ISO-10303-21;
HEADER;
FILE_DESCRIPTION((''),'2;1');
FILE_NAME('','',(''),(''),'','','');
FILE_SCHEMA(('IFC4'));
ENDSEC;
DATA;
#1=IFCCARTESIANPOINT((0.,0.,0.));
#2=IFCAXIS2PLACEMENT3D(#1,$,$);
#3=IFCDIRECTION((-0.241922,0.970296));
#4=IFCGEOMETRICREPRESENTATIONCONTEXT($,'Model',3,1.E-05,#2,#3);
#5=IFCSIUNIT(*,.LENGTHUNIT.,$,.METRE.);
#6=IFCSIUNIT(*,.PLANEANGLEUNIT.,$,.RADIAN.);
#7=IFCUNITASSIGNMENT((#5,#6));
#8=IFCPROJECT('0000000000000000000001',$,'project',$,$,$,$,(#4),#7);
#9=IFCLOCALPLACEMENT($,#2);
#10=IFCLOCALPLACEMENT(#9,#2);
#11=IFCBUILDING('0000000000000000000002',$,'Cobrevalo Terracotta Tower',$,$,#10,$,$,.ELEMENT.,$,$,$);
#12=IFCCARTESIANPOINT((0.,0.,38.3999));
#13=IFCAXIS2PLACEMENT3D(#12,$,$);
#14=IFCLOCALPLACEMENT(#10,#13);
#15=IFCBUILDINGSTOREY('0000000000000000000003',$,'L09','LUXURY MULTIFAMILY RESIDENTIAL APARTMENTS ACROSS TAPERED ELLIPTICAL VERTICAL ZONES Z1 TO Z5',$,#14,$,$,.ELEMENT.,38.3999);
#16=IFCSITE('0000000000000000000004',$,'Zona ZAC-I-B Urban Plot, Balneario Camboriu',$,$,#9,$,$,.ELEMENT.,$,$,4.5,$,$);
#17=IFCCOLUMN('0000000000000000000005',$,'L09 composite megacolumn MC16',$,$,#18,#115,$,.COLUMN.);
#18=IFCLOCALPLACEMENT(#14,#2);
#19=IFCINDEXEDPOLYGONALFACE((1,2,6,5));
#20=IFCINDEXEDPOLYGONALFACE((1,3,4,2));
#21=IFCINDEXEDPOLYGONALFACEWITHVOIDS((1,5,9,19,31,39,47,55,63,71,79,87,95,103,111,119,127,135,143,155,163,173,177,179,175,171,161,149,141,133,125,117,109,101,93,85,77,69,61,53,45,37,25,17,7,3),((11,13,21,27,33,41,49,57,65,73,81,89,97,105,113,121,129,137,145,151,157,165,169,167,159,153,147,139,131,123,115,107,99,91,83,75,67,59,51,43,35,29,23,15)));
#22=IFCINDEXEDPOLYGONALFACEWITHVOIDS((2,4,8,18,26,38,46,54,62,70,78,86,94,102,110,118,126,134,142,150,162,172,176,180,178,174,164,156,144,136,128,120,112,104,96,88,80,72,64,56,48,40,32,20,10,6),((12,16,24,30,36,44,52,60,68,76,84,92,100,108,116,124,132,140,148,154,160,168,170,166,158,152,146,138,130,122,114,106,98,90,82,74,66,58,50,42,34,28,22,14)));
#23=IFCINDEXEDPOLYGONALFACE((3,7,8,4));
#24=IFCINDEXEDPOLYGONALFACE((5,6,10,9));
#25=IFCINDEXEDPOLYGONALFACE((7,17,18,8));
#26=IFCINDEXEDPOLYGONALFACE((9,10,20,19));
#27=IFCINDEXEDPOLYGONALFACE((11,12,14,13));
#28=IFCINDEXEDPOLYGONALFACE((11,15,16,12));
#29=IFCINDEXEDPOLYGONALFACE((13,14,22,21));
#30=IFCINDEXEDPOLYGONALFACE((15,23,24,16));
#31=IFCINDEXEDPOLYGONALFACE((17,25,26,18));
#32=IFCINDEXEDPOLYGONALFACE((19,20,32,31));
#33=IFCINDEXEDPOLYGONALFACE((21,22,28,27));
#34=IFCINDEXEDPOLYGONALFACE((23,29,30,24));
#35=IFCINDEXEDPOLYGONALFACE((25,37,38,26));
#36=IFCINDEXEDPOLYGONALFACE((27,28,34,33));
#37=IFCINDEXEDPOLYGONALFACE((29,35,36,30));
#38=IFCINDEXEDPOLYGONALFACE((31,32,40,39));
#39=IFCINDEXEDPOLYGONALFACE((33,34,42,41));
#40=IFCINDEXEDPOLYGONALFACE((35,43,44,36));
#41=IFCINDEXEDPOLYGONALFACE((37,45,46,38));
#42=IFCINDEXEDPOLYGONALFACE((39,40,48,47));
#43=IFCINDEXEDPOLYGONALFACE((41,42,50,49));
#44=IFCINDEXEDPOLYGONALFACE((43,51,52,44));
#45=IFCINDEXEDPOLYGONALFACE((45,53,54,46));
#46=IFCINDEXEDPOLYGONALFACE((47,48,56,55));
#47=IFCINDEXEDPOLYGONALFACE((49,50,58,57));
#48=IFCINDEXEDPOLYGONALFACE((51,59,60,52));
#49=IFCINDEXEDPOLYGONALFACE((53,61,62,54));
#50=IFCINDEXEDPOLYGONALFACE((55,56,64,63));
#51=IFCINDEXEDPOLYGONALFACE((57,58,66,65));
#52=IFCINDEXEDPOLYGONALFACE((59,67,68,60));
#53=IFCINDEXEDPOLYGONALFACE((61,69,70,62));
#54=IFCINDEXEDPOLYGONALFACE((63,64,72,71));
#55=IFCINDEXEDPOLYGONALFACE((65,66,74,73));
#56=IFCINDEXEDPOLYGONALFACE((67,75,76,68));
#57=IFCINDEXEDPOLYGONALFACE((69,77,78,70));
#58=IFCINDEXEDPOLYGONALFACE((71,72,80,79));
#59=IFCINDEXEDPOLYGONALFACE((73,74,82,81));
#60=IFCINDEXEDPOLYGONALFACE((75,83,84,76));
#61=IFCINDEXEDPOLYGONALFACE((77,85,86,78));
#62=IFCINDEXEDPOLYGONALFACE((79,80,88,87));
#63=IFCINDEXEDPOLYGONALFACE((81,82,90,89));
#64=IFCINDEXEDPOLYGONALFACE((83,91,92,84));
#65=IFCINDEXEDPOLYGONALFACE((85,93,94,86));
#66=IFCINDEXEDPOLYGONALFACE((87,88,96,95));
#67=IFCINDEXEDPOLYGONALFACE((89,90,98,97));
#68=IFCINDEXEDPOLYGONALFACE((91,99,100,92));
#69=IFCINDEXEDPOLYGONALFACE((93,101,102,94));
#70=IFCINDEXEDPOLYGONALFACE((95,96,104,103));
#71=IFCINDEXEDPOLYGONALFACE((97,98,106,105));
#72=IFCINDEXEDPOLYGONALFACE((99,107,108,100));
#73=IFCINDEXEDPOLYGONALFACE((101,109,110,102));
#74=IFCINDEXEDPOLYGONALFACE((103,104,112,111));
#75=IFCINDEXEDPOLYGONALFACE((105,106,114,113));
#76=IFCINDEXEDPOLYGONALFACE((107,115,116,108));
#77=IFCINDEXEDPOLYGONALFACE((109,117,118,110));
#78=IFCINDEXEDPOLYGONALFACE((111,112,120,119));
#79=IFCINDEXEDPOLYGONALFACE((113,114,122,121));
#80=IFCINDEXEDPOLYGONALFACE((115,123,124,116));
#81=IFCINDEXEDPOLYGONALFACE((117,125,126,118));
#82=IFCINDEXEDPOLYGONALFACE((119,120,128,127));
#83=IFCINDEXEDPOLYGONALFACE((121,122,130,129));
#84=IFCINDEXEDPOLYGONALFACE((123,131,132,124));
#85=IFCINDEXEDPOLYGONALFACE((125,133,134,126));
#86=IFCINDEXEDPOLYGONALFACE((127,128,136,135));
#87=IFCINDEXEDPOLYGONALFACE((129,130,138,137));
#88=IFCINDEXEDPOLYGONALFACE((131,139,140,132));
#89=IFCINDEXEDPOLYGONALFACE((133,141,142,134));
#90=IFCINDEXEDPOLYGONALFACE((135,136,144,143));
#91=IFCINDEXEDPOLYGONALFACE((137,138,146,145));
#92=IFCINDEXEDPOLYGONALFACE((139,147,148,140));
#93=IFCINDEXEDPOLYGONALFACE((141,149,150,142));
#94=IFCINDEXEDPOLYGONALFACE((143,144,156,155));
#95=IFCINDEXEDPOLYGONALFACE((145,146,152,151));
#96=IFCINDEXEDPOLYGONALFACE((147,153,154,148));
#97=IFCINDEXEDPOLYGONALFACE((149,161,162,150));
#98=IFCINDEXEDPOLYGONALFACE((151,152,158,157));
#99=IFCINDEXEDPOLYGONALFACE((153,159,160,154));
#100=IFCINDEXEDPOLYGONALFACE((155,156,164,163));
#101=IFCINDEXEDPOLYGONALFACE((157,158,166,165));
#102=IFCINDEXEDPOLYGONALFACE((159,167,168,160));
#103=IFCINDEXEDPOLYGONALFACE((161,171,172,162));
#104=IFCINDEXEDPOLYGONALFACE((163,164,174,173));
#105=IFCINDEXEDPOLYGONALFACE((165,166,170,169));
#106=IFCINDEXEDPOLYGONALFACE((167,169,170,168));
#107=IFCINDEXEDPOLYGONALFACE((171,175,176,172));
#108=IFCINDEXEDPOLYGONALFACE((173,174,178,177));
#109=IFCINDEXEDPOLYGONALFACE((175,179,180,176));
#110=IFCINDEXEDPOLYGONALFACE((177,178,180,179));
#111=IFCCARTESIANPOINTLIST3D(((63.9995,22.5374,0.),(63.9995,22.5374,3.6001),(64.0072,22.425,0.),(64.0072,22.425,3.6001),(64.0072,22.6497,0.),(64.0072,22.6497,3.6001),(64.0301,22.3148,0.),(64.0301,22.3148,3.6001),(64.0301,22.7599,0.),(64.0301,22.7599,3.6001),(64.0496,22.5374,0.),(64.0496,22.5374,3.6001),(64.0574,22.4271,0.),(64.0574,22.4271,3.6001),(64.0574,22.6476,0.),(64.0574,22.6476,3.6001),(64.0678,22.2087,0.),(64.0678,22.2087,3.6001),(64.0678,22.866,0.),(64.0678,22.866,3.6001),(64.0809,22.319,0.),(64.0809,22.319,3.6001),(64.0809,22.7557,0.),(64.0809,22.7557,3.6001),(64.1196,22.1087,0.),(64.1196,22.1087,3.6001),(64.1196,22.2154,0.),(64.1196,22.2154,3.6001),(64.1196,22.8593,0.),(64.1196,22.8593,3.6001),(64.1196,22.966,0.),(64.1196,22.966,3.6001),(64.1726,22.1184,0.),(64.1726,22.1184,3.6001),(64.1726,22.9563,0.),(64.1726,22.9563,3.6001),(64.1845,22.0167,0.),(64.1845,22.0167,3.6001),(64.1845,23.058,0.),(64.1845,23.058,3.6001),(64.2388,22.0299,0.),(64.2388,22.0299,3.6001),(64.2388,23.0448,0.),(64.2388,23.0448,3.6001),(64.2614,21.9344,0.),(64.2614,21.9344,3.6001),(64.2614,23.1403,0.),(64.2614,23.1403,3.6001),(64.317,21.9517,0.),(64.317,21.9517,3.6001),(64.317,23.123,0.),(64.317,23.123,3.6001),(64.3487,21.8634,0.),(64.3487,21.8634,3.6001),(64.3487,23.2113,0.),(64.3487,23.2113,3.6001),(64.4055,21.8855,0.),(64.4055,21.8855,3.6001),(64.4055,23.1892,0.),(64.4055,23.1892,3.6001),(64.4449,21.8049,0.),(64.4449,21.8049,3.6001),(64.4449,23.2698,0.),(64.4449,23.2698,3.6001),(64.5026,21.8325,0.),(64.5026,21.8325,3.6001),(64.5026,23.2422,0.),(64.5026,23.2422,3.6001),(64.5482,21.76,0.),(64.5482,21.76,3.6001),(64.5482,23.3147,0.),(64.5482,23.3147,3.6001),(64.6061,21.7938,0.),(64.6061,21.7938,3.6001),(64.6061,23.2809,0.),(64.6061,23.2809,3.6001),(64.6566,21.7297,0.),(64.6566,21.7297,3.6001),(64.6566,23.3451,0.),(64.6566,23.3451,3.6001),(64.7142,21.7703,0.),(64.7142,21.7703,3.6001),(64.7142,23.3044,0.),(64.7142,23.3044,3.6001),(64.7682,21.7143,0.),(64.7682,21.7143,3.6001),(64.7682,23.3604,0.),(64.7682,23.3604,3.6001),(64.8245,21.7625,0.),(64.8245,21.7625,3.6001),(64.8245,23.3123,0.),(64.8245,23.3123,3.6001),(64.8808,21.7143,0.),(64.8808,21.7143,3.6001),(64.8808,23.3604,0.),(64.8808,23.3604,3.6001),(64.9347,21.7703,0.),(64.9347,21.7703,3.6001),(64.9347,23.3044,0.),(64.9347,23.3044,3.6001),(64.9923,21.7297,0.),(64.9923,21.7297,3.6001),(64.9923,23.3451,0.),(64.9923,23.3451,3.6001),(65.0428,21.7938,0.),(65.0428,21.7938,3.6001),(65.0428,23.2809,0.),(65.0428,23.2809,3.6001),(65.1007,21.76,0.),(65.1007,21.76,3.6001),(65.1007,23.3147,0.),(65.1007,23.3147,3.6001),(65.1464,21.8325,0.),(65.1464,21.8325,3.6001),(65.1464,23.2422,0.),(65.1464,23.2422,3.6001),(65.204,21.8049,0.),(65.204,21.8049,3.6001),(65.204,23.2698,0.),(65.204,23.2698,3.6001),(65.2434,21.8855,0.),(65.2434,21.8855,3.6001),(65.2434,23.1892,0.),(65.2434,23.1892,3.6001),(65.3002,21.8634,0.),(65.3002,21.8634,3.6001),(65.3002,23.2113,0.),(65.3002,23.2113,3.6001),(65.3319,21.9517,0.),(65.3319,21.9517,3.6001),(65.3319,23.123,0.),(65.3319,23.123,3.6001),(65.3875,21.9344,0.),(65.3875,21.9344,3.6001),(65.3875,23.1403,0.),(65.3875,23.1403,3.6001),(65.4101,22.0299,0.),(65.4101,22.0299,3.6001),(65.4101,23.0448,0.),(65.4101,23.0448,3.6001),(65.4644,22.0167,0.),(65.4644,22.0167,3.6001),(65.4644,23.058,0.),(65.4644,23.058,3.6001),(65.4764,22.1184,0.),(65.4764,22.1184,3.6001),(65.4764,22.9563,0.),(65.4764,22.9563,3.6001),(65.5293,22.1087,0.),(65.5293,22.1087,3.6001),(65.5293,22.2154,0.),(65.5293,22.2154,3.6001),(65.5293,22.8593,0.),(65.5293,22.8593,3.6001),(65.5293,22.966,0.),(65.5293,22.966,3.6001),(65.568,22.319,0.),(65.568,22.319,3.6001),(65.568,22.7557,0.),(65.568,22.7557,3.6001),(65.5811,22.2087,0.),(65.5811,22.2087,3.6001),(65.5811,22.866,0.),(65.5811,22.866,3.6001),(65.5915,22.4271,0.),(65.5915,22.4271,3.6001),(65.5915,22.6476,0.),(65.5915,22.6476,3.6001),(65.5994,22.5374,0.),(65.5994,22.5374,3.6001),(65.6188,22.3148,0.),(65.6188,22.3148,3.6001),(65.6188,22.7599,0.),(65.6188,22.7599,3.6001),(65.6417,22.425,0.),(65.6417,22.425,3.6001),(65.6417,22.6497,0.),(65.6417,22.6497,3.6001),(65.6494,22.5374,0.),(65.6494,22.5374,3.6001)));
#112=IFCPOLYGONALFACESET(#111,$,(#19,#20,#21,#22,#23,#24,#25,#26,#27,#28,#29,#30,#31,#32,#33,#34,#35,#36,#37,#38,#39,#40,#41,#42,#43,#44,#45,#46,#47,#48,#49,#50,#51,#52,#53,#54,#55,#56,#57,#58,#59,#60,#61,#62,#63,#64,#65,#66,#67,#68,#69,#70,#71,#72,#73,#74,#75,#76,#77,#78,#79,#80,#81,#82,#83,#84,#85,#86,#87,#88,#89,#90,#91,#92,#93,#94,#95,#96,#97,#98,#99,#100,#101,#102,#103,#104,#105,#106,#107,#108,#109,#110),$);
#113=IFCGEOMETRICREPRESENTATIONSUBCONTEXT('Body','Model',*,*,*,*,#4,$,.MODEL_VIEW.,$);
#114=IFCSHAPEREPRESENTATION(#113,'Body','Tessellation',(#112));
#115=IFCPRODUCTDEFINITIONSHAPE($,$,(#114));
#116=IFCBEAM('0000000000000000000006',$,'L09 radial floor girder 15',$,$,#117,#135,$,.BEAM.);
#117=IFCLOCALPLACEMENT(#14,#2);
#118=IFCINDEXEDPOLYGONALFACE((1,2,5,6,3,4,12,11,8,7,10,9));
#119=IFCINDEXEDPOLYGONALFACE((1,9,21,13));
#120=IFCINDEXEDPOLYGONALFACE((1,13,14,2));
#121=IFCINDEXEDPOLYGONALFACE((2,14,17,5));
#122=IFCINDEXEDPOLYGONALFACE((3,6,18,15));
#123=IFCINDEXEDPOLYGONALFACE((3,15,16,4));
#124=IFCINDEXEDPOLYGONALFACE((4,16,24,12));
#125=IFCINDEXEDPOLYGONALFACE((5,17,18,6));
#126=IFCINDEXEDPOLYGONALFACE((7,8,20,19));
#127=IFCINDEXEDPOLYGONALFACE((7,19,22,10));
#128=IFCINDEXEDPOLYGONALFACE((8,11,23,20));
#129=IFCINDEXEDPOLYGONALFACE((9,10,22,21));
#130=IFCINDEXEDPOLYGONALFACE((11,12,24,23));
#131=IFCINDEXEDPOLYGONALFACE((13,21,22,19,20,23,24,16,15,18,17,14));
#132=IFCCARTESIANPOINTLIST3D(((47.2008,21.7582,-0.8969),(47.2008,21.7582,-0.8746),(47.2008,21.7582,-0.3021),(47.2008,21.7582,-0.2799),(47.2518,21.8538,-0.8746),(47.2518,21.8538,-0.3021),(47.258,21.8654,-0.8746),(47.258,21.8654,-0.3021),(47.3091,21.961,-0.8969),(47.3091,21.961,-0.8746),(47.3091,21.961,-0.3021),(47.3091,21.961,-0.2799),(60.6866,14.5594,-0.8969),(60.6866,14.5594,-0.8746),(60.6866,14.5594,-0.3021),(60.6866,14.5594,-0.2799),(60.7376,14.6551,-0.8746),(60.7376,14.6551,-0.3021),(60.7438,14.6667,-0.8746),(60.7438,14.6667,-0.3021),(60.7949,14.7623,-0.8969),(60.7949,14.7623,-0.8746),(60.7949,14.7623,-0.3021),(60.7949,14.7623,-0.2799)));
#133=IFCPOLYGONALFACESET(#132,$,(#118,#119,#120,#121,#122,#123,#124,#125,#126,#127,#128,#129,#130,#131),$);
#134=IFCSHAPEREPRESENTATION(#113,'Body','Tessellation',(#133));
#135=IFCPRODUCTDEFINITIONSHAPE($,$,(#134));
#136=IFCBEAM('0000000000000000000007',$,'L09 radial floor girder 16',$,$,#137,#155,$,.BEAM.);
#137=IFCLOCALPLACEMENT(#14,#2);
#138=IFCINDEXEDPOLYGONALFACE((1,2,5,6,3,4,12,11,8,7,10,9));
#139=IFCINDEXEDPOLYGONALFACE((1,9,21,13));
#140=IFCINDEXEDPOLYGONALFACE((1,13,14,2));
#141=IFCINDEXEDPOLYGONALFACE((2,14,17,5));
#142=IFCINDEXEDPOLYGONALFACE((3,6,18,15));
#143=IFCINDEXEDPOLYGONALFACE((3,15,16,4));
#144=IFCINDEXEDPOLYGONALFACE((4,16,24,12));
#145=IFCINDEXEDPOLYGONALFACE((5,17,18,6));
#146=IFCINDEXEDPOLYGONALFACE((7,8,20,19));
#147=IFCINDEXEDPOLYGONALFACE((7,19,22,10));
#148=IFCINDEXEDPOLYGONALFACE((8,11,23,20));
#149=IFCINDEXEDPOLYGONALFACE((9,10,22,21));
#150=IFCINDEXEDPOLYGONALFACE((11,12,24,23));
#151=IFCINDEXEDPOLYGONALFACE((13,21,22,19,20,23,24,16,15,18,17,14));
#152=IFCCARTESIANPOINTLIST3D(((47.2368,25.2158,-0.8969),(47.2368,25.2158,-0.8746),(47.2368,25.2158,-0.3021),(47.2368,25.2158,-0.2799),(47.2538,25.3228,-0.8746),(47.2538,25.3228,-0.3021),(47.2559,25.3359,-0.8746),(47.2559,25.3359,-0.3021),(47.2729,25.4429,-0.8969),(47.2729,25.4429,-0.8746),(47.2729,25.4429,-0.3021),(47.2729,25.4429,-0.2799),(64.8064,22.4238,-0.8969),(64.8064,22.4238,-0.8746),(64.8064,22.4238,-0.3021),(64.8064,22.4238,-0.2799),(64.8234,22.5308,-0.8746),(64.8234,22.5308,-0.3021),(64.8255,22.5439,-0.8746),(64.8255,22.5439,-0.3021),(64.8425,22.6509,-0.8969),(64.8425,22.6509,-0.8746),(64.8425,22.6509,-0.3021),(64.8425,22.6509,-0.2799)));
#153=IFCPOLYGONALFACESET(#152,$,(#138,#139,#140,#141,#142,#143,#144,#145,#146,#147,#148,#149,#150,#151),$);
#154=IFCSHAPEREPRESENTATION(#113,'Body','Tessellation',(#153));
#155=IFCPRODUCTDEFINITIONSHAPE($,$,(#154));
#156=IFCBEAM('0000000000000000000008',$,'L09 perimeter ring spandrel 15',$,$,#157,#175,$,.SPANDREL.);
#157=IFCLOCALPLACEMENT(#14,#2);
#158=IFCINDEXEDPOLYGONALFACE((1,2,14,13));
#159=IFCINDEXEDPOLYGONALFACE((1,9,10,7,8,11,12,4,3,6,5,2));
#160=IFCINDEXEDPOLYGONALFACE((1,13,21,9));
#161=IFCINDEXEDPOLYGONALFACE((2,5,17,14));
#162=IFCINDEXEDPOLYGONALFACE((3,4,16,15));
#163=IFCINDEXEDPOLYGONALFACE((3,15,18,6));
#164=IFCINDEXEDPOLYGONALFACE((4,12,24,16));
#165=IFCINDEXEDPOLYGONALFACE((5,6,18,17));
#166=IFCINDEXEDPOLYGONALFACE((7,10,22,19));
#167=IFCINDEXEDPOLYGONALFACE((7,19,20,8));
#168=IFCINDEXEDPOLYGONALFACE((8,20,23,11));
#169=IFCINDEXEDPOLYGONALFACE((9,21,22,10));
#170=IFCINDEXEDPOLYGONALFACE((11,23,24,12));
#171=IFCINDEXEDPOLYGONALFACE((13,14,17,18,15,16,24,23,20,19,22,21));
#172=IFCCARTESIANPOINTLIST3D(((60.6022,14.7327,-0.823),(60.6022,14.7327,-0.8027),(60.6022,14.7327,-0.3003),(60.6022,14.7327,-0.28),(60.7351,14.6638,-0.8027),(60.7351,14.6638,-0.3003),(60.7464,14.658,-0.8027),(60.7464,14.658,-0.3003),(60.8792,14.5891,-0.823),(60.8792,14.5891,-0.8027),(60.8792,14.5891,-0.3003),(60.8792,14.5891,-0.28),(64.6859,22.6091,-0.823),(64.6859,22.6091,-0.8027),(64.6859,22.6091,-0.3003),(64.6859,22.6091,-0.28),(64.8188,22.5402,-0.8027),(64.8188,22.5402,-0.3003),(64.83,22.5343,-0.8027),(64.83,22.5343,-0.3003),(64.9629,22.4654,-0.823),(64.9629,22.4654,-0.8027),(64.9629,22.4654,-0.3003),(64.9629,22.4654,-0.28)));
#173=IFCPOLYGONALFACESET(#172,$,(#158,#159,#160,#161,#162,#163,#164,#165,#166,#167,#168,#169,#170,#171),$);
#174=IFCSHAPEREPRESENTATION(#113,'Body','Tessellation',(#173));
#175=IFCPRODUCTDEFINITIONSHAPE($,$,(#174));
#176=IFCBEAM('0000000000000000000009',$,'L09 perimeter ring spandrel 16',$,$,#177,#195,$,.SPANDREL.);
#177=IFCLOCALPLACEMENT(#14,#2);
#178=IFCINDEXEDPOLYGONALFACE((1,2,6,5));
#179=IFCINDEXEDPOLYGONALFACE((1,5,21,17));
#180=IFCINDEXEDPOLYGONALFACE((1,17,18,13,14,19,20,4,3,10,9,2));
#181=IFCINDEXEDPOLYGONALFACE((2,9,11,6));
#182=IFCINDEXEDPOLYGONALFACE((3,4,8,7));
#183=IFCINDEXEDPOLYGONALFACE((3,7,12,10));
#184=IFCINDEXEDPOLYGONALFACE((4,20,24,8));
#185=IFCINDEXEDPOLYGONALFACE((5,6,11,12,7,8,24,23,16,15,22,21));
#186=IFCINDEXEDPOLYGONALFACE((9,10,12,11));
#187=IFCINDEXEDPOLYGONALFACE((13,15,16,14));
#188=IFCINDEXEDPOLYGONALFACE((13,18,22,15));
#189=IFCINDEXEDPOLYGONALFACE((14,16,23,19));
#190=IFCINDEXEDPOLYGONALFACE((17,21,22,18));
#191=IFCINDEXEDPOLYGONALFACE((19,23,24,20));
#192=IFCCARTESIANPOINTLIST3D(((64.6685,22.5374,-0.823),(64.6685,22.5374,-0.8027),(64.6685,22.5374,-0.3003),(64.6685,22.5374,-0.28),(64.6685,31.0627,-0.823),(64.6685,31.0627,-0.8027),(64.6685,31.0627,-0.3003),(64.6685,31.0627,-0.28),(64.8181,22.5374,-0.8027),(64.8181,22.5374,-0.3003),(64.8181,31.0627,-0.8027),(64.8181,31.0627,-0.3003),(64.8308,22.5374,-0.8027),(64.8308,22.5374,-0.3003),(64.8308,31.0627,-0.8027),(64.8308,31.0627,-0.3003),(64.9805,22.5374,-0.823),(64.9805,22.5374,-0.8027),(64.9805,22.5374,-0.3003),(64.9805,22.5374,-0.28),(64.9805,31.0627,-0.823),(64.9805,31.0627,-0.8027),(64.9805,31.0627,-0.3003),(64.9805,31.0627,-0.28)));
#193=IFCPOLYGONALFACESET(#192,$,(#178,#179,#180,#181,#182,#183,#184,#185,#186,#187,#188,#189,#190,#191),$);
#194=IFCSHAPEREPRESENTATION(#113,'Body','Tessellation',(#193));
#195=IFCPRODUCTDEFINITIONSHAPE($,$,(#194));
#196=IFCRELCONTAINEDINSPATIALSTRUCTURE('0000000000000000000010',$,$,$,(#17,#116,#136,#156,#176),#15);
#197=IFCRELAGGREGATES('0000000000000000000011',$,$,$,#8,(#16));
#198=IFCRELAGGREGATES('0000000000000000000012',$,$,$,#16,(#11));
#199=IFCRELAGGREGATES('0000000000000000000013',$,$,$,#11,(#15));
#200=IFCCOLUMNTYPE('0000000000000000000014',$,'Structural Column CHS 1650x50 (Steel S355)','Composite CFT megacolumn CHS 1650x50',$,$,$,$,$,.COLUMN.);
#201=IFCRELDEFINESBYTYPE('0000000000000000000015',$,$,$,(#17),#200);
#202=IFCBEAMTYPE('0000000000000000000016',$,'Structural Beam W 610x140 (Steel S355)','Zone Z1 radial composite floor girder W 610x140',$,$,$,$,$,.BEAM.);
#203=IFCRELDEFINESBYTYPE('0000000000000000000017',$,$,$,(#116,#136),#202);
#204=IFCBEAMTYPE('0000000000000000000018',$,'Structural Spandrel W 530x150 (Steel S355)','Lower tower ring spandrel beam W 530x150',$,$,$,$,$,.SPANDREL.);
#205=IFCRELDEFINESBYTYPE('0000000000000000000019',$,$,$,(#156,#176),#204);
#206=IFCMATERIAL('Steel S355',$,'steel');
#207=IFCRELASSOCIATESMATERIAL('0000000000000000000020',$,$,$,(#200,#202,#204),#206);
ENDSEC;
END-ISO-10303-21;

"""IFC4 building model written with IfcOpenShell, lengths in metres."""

from ifc_helpers import new_model, si_unit, direction, frame, origin, origin_2d, place, context, subcontext, project, spatial, hollow_circle, i_section, extrude, material, material_profile, profile_set, type_object, element, save


model = new_model("IFC4")

# Units and contexts
model_context = context("Model", 3, precision=1e-05, world=origin(), true_north=direction((-0.241922, 0.970296)))
body_context = subcontext(model_context, "Body", "Model", "MODEL_VIEW")
ifc_project = project(units=[si_unit("LENGTHUNIT", "METRE"), si_unit("PLANEANGLEUNIT", "RADIAN")], contexts=[model_context])

# Site, building, storey
site_placement = place(None, origin())
site = spatial("IfcSite", under=ifc_project, at=site_placement, Name="Zona ZAC-I-B Urban Plot, Balneario Camboriu", CompositionType="ELEMENT", RefElevation=4.5)
building_placement = place(site_placement, origin())
building = spatial("IfcBuilding", under=site, at=building_placement, Name="Cobrevalo Terracotta Tower", CompositionType="ELEMENT")
storey_placement = place(building_placement, frame((0.0, 0.0, 38.3999)))
storey = spatial("IfcBuildingStorey", under=building, at=storey_placement, Name="L09", Description="LUXURY MULTIFAMILY RESIDENTIAL APARTMENTS ACROSS TAPERED ELLIPTICAL VERTICAL ZONES Z1 TO Z5", CompositionType="ELEMENT", Elevation=38.3999)

# Column
ifc_material_1 = material(Name="Steel S355", Category="steel")
ifc_material_profile_1 = material_profile(ifc_material_1, hollow_circle(Radius=0.825, WallThickness=0.05, at=origin_2d()), Name="CHS 1650x50")
ifc_profile_set_1 = profile_set([ifc_material_profile_1], Name="Steel S355")
column_type = type_object("IfcColumnType", Name="Structural Column CHS 1650x50 (Steel S355)", Description="Composite CFT megacolumn CHS 1650x50", PredefinedType="COLUMN", material=ifc_profile_set_1)
for number, where, z_axis, x_axis, name in (
    (1, (64.8245, 22.5374, 0.0), (0.0, 0.0, 1.0), (1.0, 0.0, 0.0), "L09 composite megacolumn MC16"),
):
    element("IfcColumn", number, at=place(storey_placement, frame(where, z_axis=z_axis, x_axis=x_axis)), inside=storey, type_object=column_type, Name=name, PredefinedType="COLUMN", context=body_context, shape_type="SweptSolid", body=[
        extrude(hollow_circle(Radius=0.825, WallThickness=0.05, at=origin_2d()), origin(), (0.0, 0.0, 1.0), 3.6001),
    ])

# Beams
ifc_material_profile_2 = material_profile(ifc_material_1, i_section(OverallWidth=0.23, OverallDepth=0.6169, WebThickness=0.0132, FlangeThickness=0.0222, at=origin_2d()), Name="W 610x140")
ifc_profile_set_2 = profile_set([ifc_material_profile_2], Name="Steel S355")
beam_type_1 = type_object("IfcBeamType", Name="Structural Beam W 610x140 (Steel S355)", Description="Zone Z1 radial composite floor girder W 610x140", PredefinedType="BEAM", material=ifc_profile_set_2)
beam_1_placement = place(storey_placement, frame((60.7407, 14.6609, -0.5884), z_axis=(-0.882182, 0.470908, 0.0), x_axis=(-0.470908, -0.882182, 0.0)))
element("IfcBeam", 2, at=beam_1_placement, inside=storey, type_object=beam_type_1, Name="L09 radial floor girder 15", PredefinedType="BEAM", context=body_context, shape_type="SweptSolid", body=[
    extrude(i_section(OverallWidth=0.23, OverallDepth=0.6169, WebThickness=0.0132, FlangeThickness=0.0222, at=origin_2d()), origin(), (0.0, 0.0, 1.0), 15.2869),
])
beam_2_placement = place(storey_placement, frame((64.8245, 22.5374, -0.5884), z_axis=(-0.987608, 0.156941, 0.0), x_axis=(-0.156941, -0.987608, 0.0)))
element("IfcBeam", 3, at=beam_2_placement, inside=storey, type_object=beam_type_1, Name="L09 radial floor girder 16", PredefinedType="BEAM", context=body_context, shape_type="SweptSolid", body=[
    extrude(i_section(OverallWidth=0.23, OverallDepth=0.6169, WebThickness=0.0132, FlangeThickness=0.0222, at=origin_2d()), origin(), (0.0, 0.0, 1.0), 17.79),
])
ifc_material_profile_3 = material_profile(ifc_material_1, i_section(OverallWidth=0.312, OverallDepth=0.543, WebThickness=0.0127, FlangeThickness=0.0203, at=origin_2d()), Name="W 530x150")
ifc_profile_set_3 = profile_set([ifc_material_profile_3], Name="Steel S355")
beam_type_2 = type_object("IfcBeamType", Name="Structural Spandrel W 530x150 (Steel S355)", Description="Lower tower ring spandrel beam W 530x150", PredefinedType="SPANDREL", material=ifc_profile_set_3)
beam_3_placement = place(storey_placement, frame((60.7407, 14.6609, -0.5515), z_axis=(0.460286, 0.887771, 0.0), x_axis=(-0.887771, 0.460286, 0.0)))
element("IfcBeam", 4, at=beam_3_placement, inside=storey, type_object=beam_type_2, Name="L09 perimeter ring spandrel 15", PredefinedType="SPANDREL", context=body_context, shape_type="SweptSolid", body=[
    extrude(i_section(OverallWidth=0.312, OverallDepth=0.543, WebThickness=0.0127, FlangeThickness=0.0203, at=origin_2d()), origin(), (0.0, 0.0, 1.0), 8.8721),
])
beam_4_placement = place(storey_placement, frame((64.8245, 22.5374, -0.5515), z_axis=(0.0, 1.0, 0.0), x_axis=(-1.0, 0.0, 0.0)))
element("IfcBeam", 5, at=beam_4_placement, inside=storey, type_object=beam_type_2, Name="L09 perimeter ring spandrel 16", PredefinedType="SPANDREL", context=body_context, shape_type="SweptSolid", body=[
    extrude(i_section(OverallWidth=0.312, OverallDepth=0.543, WebThickness=0.0127, FlangeThickness=0.0203, at=origin_2d()), origin(), (0.0, 0.0, 1.0), 8.5254),
])

save(model, "model.ifc")
